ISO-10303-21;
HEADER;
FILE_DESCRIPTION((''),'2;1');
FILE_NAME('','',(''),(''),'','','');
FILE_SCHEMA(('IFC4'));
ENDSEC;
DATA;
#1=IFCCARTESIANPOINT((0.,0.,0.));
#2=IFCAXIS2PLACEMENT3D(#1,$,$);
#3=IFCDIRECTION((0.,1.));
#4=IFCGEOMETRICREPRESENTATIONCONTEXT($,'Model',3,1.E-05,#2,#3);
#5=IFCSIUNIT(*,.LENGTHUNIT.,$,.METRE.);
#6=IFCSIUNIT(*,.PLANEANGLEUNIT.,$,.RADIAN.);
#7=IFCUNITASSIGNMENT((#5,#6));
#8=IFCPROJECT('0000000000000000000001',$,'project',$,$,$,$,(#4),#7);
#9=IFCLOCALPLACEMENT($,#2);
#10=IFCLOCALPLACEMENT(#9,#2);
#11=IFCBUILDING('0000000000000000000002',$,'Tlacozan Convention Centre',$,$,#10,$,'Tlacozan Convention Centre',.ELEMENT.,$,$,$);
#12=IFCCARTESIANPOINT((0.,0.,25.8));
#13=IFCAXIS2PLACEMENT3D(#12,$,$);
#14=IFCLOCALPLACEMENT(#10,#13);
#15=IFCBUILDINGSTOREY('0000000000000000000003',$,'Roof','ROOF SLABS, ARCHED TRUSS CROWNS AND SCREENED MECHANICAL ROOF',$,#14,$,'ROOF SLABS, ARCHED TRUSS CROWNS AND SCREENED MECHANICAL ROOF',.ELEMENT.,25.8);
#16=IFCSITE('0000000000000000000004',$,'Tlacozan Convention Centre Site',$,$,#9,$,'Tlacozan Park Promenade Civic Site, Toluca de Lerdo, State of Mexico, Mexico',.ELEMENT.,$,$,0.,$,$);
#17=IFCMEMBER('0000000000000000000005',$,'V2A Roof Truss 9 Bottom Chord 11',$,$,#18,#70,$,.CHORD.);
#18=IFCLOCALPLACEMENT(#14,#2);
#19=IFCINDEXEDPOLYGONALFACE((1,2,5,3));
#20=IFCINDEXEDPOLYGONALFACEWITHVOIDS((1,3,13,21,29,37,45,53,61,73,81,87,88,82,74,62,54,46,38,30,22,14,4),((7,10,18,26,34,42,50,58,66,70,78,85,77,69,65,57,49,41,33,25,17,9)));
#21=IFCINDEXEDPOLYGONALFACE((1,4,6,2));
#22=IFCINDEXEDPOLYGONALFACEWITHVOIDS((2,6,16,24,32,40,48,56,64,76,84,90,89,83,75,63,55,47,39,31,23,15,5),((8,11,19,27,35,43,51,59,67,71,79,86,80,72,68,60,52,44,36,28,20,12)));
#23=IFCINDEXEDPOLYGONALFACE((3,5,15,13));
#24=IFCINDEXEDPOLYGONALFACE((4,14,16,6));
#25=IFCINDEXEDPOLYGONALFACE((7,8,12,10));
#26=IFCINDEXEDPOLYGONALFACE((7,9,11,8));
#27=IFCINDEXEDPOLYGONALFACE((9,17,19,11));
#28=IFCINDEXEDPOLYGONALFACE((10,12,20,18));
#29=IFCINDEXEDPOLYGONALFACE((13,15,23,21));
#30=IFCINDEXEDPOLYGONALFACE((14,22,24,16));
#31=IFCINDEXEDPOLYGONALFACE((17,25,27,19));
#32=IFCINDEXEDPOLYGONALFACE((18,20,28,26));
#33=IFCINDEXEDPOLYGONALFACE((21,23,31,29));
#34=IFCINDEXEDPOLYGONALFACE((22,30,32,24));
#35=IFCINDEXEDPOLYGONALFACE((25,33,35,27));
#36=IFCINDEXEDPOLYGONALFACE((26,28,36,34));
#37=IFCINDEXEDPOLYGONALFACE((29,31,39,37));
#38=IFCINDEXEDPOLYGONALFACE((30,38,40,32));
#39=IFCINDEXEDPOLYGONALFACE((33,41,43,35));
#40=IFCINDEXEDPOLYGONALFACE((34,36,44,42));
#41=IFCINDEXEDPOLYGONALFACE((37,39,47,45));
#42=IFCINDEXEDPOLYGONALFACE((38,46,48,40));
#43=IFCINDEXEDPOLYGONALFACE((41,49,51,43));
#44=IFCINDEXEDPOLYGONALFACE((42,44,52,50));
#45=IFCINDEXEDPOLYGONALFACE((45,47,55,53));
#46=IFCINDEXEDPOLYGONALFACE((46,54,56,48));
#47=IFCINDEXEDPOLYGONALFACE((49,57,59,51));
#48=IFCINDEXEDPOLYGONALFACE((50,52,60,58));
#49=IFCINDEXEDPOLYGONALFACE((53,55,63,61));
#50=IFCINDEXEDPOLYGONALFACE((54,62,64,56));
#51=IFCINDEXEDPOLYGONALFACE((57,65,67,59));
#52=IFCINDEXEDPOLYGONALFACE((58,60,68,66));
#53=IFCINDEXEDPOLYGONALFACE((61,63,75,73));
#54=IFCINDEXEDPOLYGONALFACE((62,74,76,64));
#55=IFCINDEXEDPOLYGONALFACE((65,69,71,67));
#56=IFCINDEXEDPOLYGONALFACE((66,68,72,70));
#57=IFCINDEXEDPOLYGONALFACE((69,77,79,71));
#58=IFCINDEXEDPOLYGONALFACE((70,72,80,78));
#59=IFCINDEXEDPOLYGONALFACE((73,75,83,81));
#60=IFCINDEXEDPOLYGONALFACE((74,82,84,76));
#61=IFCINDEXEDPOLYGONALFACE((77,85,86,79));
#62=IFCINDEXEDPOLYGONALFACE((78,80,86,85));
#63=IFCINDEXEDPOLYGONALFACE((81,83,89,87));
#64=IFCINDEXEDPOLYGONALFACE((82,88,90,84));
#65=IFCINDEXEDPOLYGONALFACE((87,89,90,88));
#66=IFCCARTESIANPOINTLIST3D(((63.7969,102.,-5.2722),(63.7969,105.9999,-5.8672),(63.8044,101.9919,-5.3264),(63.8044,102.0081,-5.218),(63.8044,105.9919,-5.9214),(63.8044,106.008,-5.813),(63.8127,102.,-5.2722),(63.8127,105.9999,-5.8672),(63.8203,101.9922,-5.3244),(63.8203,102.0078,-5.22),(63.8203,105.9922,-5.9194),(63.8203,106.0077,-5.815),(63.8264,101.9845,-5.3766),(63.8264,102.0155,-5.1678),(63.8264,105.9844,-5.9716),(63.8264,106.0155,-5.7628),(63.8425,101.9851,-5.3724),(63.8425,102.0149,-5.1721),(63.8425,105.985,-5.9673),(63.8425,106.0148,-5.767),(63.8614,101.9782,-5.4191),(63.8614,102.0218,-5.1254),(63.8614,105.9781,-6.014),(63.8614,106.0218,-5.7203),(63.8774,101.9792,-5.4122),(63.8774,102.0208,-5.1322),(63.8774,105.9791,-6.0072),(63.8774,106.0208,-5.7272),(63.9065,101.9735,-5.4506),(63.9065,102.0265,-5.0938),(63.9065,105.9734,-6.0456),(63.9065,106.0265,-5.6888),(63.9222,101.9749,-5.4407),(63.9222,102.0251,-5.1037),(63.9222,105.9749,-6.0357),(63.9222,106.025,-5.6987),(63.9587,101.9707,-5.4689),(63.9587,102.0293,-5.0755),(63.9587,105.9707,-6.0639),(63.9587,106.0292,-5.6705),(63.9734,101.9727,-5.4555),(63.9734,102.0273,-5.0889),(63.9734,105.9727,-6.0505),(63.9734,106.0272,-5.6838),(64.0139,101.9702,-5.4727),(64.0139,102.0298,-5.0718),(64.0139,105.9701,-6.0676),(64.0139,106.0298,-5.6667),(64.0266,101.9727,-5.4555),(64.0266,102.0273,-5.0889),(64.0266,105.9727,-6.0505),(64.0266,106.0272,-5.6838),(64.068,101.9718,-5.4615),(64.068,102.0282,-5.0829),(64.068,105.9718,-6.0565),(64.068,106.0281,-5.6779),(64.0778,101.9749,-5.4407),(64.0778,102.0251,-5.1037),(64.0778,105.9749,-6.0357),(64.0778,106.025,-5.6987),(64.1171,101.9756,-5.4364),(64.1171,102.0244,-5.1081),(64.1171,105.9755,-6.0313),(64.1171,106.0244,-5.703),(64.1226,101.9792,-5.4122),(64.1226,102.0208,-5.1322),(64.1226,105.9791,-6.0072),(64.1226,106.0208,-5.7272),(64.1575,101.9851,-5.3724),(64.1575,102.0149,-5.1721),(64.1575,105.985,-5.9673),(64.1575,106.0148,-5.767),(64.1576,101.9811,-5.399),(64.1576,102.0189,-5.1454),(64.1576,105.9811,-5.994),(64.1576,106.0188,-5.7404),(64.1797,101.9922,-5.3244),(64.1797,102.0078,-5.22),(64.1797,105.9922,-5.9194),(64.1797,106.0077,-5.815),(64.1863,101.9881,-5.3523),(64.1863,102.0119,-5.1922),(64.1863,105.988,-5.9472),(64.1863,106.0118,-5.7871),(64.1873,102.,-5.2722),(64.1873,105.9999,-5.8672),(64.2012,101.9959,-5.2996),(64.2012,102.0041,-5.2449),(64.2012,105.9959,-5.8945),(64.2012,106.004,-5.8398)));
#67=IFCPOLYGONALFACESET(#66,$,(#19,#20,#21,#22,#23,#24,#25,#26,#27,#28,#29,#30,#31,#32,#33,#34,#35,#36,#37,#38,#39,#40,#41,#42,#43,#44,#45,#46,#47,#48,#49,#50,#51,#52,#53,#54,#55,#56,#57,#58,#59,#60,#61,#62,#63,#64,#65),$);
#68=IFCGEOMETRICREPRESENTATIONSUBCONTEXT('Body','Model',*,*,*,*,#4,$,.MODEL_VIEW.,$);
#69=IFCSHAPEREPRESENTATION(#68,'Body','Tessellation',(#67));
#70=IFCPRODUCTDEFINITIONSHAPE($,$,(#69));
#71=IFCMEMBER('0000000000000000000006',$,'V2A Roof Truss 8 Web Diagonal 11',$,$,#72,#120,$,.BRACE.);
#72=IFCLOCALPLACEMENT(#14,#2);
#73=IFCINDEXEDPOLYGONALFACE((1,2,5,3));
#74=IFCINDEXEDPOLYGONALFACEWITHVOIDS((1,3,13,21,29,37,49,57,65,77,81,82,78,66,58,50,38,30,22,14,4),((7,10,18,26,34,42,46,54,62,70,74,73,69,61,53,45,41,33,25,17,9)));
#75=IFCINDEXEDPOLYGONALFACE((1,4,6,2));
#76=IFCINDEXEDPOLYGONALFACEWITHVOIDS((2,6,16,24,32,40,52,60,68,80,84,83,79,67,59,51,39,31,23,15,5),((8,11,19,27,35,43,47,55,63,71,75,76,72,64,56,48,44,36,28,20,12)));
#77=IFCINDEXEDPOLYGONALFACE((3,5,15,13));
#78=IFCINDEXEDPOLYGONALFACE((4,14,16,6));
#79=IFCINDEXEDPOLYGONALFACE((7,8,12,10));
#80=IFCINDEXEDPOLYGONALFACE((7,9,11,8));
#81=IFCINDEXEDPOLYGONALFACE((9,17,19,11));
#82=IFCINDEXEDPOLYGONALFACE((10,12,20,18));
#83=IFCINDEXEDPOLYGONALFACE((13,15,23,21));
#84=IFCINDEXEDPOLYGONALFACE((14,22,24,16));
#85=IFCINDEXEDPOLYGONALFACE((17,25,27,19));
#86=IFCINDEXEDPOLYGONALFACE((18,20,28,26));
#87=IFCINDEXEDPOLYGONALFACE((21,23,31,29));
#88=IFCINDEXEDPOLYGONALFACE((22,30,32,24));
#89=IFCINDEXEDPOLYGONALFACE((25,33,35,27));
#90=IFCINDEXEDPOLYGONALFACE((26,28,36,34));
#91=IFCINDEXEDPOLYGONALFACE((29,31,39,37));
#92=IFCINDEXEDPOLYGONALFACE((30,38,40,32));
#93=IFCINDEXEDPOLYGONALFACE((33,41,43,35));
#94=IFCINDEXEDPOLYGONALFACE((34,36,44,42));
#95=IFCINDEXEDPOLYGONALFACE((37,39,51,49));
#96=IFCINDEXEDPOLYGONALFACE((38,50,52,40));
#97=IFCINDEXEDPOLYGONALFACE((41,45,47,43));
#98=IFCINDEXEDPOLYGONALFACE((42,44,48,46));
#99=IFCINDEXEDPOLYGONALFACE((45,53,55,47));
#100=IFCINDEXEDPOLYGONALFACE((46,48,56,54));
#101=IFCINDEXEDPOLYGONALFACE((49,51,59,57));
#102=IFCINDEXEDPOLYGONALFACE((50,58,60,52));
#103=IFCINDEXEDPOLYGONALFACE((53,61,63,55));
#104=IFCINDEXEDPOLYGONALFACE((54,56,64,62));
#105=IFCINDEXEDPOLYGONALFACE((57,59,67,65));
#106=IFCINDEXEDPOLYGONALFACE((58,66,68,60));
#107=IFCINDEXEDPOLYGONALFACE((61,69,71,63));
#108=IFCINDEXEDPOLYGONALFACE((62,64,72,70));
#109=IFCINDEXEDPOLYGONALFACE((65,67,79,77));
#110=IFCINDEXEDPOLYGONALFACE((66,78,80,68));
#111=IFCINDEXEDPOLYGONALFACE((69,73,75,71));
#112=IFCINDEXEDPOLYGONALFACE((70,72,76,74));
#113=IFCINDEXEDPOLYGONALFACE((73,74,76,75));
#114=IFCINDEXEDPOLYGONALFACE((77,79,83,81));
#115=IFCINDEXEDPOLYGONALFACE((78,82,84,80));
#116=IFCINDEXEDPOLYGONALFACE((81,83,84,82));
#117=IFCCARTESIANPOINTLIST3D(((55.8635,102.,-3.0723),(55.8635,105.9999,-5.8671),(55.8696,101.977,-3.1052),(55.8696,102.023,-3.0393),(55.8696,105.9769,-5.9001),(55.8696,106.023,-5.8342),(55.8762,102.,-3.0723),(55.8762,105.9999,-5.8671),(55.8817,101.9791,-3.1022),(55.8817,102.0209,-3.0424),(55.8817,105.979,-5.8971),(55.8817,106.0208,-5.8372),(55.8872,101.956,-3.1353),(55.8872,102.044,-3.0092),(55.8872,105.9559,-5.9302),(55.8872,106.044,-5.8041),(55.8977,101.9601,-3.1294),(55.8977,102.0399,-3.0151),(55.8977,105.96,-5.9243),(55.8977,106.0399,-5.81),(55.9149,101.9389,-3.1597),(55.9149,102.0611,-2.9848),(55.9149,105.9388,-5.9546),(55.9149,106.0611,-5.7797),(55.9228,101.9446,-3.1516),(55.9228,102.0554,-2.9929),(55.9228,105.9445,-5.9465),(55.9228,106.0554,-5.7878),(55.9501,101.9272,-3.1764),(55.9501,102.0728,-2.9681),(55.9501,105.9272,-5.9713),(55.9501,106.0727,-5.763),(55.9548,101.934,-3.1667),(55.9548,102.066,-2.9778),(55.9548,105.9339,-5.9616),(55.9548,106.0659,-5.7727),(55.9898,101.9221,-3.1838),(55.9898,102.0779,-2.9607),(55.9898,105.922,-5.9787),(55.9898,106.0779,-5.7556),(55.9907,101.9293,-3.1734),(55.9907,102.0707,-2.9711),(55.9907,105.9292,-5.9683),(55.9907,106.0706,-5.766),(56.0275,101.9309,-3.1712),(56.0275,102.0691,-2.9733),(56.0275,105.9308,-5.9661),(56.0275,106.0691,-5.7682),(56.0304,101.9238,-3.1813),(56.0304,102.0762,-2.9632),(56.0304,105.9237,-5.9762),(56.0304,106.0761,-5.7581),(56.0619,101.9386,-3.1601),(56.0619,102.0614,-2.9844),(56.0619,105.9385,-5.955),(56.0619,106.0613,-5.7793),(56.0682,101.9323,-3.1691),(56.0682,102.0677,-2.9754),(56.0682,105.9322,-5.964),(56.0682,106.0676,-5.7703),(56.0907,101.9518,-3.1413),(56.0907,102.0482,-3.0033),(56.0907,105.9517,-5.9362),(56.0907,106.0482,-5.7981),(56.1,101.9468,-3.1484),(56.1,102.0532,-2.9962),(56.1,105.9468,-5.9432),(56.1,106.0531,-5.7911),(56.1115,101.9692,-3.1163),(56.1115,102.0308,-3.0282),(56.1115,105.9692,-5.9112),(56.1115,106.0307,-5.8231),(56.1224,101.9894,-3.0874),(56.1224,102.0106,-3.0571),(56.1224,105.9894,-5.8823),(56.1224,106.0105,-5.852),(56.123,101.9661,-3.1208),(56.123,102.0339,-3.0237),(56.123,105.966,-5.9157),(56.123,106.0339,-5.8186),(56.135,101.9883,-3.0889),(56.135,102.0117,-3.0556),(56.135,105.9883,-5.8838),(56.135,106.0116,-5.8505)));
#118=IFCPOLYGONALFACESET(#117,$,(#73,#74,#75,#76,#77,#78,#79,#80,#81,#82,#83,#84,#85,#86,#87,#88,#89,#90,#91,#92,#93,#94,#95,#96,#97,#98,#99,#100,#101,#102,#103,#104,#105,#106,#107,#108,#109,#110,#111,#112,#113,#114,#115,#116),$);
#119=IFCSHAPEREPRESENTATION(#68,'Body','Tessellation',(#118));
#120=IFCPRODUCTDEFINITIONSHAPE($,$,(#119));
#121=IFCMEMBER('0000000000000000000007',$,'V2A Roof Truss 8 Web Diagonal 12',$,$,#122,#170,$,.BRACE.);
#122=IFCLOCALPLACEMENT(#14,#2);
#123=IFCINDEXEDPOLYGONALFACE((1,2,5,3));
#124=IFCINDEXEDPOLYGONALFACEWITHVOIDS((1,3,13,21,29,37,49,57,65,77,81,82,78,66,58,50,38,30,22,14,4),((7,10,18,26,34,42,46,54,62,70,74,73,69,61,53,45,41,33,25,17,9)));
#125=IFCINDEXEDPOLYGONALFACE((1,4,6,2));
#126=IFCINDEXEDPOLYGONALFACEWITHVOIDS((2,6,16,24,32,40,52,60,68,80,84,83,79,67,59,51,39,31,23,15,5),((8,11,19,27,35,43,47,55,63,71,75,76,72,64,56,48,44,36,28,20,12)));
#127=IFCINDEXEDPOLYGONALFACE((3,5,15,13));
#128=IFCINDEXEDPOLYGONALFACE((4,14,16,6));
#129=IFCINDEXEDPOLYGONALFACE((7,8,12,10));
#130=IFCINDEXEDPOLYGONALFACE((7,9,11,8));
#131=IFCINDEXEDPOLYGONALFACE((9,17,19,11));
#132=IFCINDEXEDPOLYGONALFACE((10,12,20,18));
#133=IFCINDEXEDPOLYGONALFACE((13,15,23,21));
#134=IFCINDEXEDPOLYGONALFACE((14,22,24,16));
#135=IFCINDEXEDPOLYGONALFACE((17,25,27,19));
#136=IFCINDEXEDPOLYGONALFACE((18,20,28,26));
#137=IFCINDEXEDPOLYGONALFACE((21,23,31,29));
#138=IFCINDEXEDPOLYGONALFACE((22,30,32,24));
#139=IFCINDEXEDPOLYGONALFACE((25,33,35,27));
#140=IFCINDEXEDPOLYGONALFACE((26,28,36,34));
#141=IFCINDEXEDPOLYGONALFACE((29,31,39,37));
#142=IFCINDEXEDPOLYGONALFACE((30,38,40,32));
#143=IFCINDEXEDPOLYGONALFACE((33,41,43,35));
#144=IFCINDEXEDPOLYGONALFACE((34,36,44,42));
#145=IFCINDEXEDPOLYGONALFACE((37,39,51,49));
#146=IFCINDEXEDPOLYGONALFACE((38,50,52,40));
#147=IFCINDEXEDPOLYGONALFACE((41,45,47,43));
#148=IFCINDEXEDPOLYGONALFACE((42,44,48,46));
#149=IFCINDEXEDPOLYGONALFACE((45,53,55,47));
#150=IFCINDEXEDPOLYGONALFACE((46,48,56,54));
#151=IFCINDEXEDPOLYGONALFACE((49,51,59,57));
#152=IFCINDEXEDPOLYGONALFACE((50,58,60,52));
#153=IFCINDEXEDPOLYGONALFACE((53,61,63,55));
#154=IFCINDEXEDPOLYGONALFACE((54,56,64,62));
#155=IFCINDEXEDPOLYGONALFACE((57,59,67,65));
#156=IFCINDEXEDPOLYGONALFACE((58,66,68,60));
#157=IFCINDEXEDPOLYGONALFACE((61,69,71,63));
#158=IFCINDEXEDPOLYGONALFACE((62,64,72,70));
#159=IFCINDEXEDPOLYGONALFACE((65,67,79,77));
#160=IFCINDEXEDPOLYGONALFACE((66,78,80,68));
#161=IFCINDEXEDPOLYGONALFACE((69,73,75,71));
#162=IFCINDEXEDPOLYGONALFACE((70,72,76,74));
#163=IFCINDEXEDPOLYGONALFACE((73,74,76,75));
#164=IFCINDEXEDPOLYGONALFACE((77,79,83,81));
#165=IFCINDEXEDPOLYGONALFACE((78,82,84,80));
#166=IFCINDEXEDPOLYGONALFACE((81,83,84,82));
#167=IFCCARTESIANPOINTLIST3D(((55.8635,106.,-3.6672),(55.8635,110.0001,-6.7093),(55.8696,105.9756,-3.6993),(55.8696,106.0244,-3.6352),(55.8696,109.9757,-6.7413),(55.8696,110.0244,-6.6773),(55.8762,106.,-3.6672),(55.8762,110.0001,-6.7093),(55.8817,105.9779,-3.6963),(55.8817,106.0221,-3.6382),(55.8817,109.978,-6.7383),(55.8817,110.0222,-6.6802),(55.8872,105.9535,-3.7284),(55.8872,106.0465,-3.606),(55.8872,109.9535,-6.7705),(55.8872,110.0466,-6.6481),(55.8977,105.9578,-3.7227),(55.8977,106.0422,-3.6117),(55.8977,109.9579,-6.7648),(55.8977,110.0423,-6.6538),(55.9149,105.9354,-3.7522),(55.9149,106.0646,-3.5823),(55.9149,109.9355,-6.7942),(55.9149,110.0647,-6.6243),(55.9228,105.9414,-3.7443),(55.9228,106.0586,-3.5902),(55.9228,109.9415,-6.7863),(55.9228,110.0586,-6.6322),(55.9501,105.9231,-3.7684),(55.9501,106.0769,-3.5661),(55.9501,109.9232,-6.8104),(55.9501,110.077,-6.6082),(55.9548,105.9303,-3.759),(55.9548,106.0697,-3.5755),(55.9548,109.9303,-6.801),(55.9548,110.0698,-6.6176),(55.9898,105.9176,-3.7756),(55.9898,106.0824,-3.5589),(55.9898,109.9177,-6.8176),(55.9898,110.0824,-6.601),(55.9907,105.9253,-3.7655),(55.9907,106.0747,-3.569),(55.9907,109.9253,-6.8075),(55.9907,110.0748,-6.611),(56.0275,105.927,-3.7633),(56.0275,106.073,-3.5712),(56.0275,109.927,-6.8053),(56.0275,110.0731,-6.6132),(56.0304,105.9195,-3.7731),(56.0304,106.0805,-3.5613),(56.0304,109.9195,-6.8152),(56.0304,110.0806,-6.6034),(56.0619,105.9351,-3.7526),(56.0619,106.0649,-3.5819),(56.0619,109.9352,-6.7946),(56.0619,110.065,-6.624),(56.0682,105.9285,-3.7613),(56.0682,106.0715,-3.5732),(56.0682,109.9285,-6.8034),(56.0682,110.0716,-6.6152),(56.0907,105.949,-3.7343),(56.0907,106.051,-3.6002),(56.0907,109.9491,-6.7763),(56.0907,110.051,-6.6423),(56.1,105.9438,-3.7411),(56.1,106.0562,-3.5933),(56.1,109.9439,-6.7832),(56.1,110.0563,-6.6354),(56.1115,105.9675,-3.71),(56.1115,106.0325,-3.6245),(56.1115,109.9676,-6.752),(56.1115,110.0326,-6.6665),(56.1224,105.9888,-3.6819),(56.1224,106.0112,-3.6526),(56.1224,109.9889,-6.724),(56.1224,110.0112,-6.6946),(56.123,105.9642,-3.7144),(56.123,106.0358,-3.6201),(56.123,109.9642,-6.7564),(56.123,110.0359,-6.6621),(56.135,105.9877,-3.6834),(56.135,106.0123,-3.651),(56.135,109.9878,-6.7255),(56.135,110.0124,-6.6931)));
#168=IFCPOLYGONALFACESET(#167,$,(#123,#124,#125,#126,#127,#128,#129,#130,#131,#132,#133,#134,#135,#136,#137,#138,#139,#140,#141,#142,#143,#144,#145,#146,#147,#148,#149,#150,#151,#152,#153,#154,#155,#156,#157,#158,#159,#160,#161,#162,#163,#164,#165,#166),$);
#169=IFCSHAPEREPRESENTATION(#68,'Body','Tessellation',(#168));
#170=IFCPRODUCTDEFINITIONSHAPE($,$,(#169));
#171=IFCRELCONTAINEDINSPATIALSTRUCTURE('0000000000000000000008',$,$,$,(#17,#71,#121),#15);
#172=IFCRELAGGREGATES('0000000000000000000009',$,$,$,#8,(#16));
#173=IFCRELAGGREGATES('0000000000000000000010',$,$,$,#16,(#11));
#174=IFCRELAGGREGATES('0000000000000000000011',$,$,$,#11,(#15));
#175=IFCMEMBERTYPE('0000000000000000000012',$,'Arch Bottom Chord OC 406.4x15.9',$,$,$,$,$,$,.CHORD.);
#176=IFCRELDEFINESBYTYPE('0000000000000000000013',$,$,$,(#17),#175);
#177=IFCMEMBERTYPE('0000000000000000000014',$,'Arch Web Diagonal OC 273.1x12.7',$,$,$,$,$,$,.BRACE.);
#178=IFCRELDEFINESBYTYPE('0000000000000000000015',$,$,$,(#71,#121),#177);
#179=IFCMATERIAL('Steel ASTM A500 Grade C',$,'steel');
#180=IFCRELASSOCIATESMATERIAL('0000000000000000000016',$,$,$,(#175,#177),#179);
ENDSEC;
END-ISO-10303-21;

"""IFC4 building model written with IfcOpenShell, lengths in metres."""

from ifc_helpers import new_model, si_unit, direction, frame, origin, origin_2d, place, context, subcontext, project, spatial, hollow_circle, extrude, material, material_profile, profile_set, type_object, element, save


model = new_model("IFC4")

# Units and contexts
model_context = context("Model", 3, precision=1e-05, world=origin(), true_north=direction((0.0, 1.0)))
body_context = subcontext(model_context, "Body", "Model", "MODEL_VIEW")
ifc_project = project(units=[si_unit("LENGTHUNIT", "METRE"), si_unit("PLANEANGLEUNIT", "RADIAN")], contexts=[model_context])

# Site, building, storey
site_placement = place(None, origin())
site = spatial("IfcSite", under=ifc_project, at=site_placement, Name="Tlacozan Convention Centre Site", LongName="Tlacozan Park Promenade Civic Site, Toluca de Lerdo, State of Mexico, Mexico", CompositionType="ELEMENT", RefElevation=0.0)
building_placement = place(site_placement, origin())
building = spatial("IfcBuilding", under=site, at=building_placement, Name="Tlacozan Convention Centre", LongName="Tlacozan Convention Centre", CompositionType="ELEMENT")
storey_placement = place(building_placement, frame((0.0, 0.0, 25.8)))
storey = spatial("IfcBuildingStorey", under=building, at=storey_placement, Name="Roof", Description="ROOF SLABS, ARCHED TRUSS CROWNS AND SCREENED MECHANICAL ROOF", LongName="ROOF SLABS, ARCHED TRUSS CROWNS AND SCREENED MECHANICAL ROOF", CompositionType="ELEMENT", Elevation=25.8)

# Members
ifc_material_1 = material(Name="Steel ASTM A500 Grade C", Category="steel")
ifc_material_profile_1 = material_profile(ifc_material_1, hollow_circle(Radius=0.2031, WallThickness=0.0159, at=origin_2d()), Name="OC 406.4x15.9")
ifc_profile_set_1 = profile_set([ifc_material_profile_1], Name="Steel ASTM A500 Grade C")
member_type_1 = type_object("IfcMemberType", Name="Arch Bottom Chord OC 406.4x15.9", PredefinedType="CHORD", material=ifc_profile_set_1)
member_1_placement = place(storey_placement, frame((64.0, 102.0, -5.2722), z_axis=(0.0, 0.989118, -0.147124), x_axis=(-1.0, 0.0, 0.0)))
element("IfcMember", 1, at=member_1_placement, inside=storey, type_object=member_type_1, Name="V2A Roof Truss 9 Bottom Chord 11", PredefinedType="CHORD", context=body_context, shape_type="SweptSolid", body=[
    extrude(hollow_circle(Radius=0.2031, WallThickness=0.0159, at=origin_2d()), origin(), (0.0, 0.0, 1.0), 4.0439),
])
ifc_material_profile_2 = material_profile(ifc_material_1, hollow_circle(Radius=0.1365, WallThickness=0.0127, at=origin_2d()), Name="OC 273.1x12.7")
ifc_profile_set_2 = profile_set([ifc_material_profile_2], Name="Steel ASTM A500 Grade C")
member_type_2 = type_object("IfcMemberType", Name="Arch Web Diagonal OC 273.1x12.7", PredefinedType="BRACE", material=ifc_profile_set_2)
member_2_placement = place(storey_placement, frame((56.0, 102.0, -3.0723), z_axis=(0.0, 0.819721, -0.572764), x_axis=(-1.0, 0.0, 0.0)))
element("IfcMember", 2, at=member_2_placement, inside=storey, type_object=member_type_2, Name="V2A Roof Truss 8 Web Diagonal 11", PredefinedType="BRACE", context=body_context, shape_type="SweptSolid", body=[
    extrude(hollow_circle(Radius=0.1365, WallThickness=0.0127, at=origin_2d()), origin(), (0.0, 0.0, 1.0), 4.8796),
])
member_3_placement = place(storey_placement, frame((56.0, 106.0, -3.6672), z_axis=(0.0, 0.795971, -0.605335), x_axis=(-1.0, 0.0, 0.0)))
element("IfcMember", 3, at=member_3_placement, inside=storey, type_object=member_type_2, Name="V2A Roof Truss 8 Web Diagonal 12", PredefinedType="BRACE", context=body_context, shape_type="SweptSolid", body=[
    extrude(hollow_circle(Radius=0.1365, WallThickness=0.0127, at=origin_2d()), origin(), (0.0, 0.0, 1.0), 5.0254),
])

save(model, "model.ifc")
